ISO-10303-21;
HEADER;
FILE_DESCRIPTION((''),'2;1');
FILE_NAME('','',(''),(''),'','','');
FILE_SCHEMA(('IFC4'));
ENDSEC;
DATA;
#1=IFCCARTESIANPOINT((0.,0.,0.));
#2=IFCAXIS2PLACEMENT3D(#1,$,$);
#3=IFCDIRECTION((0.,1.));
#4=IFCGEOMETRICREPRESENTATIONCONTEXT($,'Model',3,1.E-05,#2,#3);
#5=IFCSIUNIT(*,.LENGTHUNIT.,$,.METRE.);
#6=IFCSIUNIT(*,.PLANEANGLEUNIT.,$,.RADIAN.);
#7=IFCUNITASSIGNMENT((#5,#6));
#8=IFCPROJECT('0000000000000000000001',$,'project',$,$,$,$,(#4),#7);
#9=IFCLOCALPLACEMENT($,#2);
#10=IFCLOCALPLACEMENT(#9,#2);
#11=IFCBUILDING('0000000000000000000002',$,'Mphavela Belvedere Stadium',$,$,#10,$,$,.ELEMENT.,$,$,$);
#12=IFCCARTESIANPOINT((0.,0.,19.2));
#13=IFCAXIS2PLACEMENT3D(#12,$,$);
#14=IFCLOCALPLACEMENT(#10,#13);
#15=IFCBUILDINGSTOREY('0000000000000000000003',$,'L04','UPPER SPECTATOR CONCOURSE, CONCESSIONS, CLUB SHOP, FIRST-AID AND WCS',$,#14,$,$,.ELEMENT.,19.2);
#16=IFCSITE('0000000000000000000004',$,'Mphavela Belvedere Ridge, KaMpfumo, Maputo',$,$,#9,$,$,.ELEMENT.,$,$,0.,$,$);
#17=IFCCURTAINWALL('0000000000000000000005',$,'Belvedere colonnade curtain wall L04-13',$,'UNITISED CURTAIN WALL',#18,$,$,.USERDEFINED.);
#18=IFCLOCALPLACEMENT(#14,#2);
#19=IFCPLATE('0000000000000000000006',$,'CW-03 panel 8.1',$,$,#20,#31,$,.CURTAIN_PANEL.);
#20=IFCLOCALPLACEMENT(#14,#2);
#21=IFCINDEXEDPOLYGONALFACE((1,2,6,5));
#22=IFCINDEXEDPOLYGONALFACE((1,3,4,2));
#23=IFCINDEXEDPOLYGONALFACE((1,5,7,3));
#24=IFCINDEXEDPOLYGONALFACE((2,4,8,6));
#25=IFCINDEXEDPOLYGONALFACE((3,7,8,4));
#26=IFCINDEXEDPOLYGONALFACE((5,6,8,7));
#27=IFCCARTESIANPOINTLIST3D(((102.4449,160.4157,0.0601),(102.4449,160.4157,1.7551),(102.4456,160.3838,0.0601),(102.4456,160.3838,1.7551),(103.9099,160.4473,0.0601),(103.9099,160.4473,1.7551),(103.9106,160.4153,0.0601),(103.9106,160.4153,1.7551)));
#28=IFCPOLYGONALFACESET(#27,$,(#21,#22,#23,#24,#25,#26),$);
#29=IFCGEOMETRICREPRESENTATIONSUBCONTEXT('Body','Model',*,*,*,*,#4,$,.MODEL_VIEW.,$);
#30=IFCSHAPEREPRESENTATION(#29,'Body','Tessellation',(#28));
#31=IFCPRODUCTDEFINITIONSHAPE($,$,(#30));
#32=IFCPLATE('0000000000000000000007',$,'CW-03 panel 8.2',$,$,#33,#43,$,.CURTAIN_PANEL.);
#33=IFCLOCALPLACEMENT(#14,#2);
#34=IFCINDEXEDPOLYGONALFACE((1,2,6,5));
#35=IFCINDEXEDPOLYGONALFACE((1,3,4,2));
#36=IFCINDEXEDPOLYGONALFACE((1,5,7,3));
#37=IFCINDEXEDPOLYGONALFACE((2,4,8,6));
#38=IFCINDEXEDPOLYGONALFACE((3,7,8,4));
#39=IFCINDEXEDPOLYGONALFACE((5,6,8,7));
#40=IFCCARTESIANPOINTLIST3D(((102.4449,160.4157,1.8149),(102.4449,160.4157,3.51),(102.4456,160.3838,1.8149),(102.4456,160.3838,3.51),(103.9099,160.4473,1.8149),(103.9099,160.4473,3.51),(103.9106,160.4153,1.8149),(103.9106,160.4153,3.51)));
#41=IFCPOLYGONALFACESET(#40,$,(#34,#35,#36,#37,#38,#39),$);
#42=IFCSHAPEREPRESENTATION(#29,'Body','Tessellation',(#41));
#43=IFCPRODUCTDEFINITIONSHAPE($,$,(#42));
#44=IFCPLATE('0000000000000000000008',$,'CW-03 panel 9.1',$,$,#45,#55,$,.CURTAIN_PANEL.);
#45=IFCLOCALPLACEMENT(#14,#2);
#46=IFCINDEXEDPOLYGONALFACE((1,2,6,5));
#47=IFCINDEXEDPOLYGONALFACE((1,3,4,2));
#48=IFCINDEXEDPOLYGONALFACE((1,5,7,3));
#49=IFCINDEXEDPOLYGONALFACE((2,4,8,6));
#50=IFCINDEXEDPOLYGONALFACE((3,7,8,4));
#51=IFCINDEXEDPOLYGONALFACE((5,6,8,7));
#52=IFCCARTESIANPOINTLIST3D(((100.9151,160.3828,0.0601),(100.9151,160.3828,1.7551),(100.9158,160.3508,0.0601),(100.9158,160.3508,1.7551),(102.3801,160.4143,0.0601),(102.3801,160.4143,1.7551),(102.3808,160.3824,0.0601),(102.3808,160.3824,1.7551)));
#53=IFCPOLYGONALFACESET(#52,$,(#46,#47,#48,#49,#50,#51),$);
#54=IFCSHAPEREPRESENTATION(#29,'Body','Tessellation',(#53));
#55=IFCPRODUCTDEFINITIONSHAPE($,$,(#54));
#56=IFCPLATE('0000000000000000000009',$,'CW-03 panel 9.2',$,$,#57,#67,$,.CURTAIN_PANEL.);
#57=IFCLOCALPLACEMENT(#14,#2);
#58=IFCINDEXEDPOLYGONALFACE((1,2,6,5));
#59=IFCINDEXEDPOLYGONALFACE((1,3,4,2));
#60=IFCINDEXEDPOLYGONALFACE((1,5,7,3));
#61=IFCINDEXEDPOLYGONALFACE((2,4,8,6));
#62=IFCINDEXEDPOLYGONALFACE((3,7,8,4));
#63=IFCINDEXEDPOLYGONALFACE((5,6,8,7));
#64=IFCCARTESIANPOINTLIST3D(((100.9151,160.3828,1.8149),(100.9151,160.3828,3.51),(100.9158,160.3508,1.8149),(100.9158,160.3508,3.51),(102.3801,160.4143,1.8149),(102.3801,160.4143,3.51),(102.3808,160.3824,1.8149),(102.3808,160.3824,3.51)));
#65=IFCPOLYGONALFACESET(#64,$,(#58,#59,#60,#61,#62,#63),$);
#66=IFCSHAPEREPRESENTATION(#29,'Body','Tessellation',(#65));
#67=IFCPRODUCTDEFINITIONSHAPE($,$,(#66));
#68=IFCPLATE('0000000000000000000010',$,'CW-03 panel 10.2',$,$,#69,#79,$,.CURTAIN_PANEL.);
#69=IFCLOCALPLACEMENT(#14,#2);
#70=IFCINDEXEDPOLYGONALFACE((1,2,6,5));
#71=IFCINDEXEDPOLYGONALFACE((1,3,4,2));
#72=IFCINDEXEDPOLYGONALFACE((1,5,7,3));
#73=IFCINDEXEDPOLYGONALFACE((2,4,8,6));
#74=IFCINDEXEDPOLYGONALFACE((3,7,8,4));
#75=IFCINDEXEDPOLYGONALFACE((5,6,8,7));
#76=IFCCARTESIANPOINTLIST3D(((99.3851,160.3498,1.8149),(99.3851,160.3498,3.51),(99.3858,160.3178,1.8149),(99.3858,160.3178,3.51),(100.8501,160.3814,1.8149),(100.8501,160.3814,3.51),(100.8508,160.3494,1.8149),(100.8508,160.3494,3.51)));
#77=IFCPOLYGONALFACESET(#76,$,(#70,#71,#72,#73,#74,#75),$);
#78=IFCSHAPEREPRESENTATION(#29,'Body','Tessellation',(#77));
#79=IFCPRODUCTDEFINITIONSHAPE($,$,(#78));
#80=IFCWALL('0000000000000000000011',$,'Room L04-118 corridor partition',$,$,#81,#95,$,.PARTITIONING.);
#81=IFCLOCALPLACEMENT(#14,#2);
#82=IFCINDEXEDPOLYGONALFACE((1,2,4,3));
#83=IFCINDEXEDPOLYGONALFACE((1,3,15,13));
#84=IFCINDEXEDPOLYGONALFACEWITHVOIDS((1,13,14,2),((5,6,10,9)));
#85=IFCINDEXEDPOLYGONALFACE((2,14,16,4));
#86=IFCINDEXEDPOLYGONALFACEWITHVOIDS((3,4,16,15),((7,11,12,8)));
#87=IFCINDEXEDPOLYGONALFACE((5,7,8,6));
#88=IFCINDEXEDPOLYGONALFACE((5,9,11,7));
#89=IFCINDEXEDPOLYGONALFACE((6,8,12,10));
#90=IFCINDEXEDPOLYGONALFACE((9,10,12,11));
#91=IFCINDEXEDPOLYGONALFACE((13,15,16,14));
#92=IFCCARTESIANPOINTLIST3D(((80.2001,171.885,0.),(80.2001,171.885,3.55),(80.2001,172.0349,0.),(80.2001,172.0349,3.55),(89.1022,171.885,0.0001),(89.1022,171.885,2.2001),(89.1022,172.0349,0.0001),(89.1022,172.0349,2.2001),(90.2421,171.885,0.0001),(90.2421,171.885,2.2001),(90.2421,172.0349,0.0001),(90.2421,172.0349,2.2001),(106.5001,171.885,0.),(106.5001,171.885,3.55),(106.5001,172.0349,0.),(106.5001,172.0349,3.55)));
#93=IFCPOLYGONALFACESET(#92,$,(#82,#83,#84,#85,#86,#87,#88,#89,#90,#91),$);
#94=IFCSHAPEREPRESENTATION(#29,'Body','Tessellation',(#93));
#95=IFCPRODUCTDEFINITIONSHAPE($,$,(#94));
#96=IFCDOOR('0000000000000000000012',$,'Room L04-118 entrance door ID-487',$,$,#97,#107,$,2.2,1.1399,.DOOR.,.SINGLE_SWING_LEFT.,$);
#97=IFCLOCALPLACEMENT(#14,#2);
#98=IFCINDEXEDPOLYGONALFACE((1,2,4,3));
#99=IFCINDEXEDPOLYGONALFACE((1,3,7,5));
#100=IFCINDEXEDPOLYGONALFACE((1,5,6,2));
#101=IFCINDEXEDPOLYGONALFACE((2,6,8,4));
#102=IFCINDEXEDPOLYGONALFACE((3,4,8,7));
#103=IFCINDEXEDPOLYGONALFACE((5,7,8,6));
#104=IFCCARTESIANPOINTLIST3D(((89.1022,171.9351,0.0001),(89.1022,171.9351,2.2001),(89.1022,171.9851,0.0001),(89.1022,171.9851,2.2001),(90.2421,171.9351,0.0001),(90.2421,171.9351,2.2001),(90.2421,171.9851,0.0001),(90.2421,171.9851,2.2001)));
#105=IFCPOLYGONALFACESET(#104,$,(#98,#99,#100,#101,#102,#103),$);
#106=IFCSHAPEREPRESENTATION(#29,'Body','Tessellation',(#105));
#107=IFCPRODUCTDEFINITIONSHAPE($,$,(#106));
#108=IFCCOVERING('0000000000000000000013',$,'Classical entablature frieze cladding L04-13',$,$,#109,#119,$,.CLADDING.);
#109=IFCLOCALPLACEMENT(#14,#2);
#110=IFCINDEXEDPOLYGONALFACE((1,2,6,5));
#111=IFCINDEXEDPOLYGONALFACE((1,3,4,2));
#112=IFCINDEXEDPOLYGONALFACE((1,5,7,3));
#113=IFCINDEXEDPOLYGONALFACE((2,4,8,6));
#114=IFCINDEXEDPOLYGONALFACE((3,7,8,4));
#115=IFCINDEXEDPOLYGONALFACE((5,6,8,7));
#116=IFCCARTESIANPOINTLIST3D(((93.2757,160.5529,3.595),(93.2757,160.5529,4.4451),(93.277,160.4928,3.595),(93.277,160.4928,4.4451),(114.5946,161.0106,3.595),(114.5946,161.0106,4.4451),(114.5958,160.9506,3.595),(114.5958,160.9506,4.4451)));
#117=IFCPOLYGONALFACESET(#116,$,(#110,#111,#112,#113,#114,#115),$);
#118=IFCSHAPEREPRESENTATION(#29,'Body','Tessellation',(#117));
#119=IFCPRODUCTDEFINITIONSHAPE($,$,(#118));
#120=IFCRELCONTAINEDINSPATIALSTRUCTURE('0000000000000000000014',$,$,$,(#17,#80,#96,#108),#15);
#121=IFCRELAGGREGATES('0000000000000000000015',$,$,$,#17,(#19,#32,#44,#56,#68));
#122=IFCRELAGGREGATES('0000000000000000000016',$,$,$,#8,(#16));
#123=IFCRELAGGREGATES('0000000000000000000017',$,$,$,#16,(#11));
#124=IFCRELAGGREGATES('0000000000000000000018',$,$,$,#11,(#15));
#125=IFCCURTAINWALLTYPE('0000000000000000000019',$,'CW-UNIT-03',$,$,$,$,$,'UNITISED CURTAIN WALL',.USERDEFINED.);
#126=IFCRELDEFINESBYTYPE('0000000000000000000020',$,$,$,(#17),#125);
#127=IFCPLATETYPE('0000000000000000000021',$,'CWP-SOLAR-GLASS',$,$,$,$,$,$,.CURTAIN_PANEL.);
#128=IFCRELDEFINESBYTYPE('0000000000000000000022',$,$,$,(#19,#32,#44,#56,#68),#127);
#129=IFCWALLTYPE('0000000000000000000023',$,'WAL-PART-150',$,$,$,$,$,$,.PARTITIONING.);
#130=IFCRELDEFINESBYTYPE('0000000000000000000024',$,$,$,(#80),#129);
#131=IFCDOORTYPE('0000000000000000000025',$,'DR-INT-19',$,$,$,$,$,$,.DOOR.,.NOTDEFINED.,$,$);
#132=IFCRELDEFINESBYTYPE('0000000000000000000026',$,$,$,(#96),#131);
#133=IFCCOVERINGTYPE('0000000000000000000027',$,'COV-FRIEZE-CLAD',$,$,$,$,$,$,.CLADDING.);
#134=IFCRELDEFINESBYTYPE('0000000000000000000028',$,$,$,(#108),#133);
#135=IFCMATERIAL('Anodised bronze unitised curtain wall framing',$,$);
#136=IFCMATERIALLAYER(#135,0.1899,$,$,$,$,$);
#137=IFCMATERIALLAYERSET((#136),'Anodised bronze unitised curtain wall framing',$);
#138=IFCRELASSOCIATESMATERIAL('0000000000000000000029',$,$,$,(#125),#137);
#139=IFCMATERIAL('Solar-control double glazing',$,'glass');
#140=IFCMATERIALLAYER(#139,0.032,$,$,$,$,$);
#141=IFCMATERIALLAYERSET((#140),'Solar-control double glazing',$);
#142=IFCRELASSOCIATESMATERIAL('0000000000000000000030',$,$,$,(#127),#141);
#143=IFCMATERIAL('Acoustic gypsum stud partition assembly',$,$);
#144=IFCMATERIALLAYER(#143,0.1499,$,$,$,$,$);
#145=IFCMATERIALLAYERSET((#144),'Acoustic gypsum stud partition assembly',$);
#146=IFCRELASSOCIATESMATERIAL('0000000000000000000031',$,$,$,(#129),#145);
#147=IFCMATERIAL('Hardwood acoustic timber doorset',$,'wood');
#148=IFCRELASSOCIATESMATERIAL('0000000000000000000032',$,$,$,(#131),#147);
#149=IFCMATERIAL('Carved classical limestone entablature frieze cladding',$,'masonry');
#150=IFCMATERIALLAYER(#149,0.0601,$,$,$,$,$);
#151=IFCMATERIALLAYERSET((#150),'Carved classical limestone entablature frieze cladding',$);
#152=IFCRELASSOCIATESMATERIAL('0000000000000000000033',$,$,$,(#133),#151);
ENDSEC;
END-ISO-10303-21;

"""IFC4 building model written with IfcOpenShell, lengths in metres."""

from ifc_helpers import new_model, si_unit, direction, frame, frame_2d, origin, origin_2d, place, context, subcontext, project, spatial, rectangle, extrude, material, layer, layer_set, type_object, element, fill, aggregate, save


model = new_model("IFC4")

# Units and contexts
model_context = context("Model", 3, precision=1e-05, world=origin(), true_north=direction((0.0, 1.0)))
body_context = subcontext(model_context, "Body", "Model", "MODEL_VIEW")
ifc_project = project(units=[si_unit("LENGTHUNIT", "METRE"), si_unit("PLANEANGLEUNIT", "RADIAN")], contexts=[model_context])

# Site, building, storey
site_placement = place(None, origin())
site = spatial("IfcSite", under=ifc_project, at=site_placement, Name="Mphavela Belvedere Ridge, KaMpfumo, Maputo", CompositionType="ELEMENT", RefElevation=0.0)
building_placement = place(site_placement, origin())
building = spatial("IfcBuilding", under=site, at=building_placement, Name="Mphavela Belvedere Stadium", CompositionType="ELEMENT")
storey_placement = place(building_placement, frame((0.0, 0.0, 19.2)))
storey = spatial("IfcBuildingStorey", under=building, at=storey_placement, Name="L04", Description="UPPER SPECTATOR CONCOURSE, CONCESSIONS, CLUB SHOP, FIRST-AID AND WCS", CompositionType="ELEMENT", Elevation=19.2)

# Curtain wall, plates
ifc_material_1 = material(Name="Anodised bronze unitised curtain wall framing")
ifc_layer_1 = layer(ifc_material_1, 0.1899)
ifc_layer_set_1 = layer_set([ifc_layer_1], Name="Anodised bronze unitised curtain wall framing")
curtain_wall_type = type_object("IfcCurtainWallType", Name="CW-UNIT-03", ElementType="UNITISED CURTAIN WALL", PredefinedType="USERDEFINED", material=ifc_layer_set_1)
curtain_wall_placement = place(storey_placement, origin())
curtain_wall = element("IfcCurtainWall", 1, at=curtain_wall_placement, inside=storey, type_object=curtain_wall_type, Name="Belvedere colonnade curtain wall L04-13", ObjectType="UNITISED CURTAIN WALL", PredefinedType="USERDEFINED")
ifc_material_2 = material(Name="Solar-control double glazing", Category="glass")
ifc_layer_2 = layer(ifc_material_2, 0.032)
ifc_layer_set_2 = layer_set([ifc_layer_2], Name="Solar-control double glazing")
plate_type = type_object("IfcPlateType", Name="CWP-SOLAR-GLASS", PredefinedType="CURTAIN_PANEL", material=ifc_layer_set_2)
plate_1_placement = place(storey_placement, frame((103.1777, 160.4155, 0.0601), z_axis=(0.0, 0.0, 1.0), x_axis=(-0.999768, -0.021527, 0.0)))
plate_1 = element("IfcPlate", 2, at=plate_1_placement, type_object=plate_type, Name="CW-03 panel 8.1", PredefinedType="CURTAIN_PANEL", context=body_context, shape_type="SweptSolid", body=[
    extrude(rectangle(XDim=1.4653, YDim=0.032, at=origin_2d()), origin(), (0.0, 0.0, 1.0), 1.6951),
])
plate_2_placement = place(storey_placement, frame((103.1777, 160.4155, 1.8149), z_axis=(0.0, 0.0, 1.0), x_axis=(-0.999768, -0.021527, 0.0)))
plate_2 = element("IfcPlate", 3, at=plate_2_placement, type_object=plate_type, Name="CW-03 panel 8.2", PredefinedType="CURTAIN_PANEL", context=body_context, shape_type="SweptSolid", body=[
    extrude(rectangle(XDim=1.4653, YDim=0.032, at=origin_2d()), origin(), (0.0, 0.0, 1.0), 1.6951),
])
plate_3_placement = place(storey_placement, frame((101.6479, 160.3826, 0.0601), z_axis=(0.0, 0.0, 1.0), x_axis=(-0.999768, -0.021527, 0.0)))
plate_3 = element("IfcPlate", 4, at=plate_3_placement, type_object=plate_type, Name="CW-03 panel 9.1", PredefinedType="CURTAIN_PANEL", context=body_context, shape_type="SweptSolid", body=[
    extrude(rectangle(XDim=1.4653, YDim=0.032, at=origin_2d()), origin(), (0.0, 0.0, 1.0), 1.6951),
])
plate_4_placement = place(storey_placement, frame((101.6479, 160.3826, 1.8149), z_axis=(0.0, 0.0, 1.0), x_axis=(-0.999768, -0.021527, 0.0)))
plate_4 = element("IfcPlate", 5, at=plate_4_placement, type_object=plate_type, Name="CW-03 panel 9.2", PredefinedType="CURTAIN_PANEL", context=body_context, shape_type="SweptSolid", body=[
    extrude(rectangle(XDim=1.4653, YDim=0.032, at=origin_2d()), origin(), (0.0, 0.0, 1.0), 1.6951),
])
plate_5_placement = place(storey_placement, frame((100.1179, 160.3496, 1.8149), z_axis=(0.0, 0.0, 1.0), x_axis=(-0.999768, -0.021527, 0.0)))
plate_5 = element("IfcPlate", 6, at=plate_5_placement, type_object=plate_type, Name="CW-03 panel 10.2", PredefinedType="CURTAIN_PANEL", context=body_context, shape_type="SweptSolid", body=[
    extrude(rectangle(XDim=1.4653, YDim=0.032, at=origin_2d()), origin(), (0.0, 0.0, 1.0), 1.6951),
])
aggregate(curtain_wall, [plate_1, plate_2, plate_3, plate_4, plate_5])

# Wall, opening, door
ifc_material_3 = material(Name="Acoustic gypsum stud partition assembly")
ifc_layer_3 = layer(ifc_material_3, 0.1499)
ifc_layer_set_3 = layer_set([ifc_layer_3], Name="Acoustic gypsum stud partition assembly")
wall_type = type_object("IfcWallType", Name="WAL-PART-150", PredefinedType="PARTITIONING", material=ifc_layer_set_3)
wall_placement = place(storey_placement, frame((106.5, 171.96, 0.0), z_axis=(0.0, 0.0, 1.0), x_axis=(-1.0, 0.0, 0.0)))
wall = element("IfcWall", 7, at=wall_placement, inside=storey, type_object=wall_type, Name="Room L04-118 corridor partition", PredefinedType="PARTITIONING", context=body_context, shape_type="SweptSolid", body=[
    extrude(rectangle(XDim=26.3, YDim=0.1499, at=frame_2d((13.1499, 0.0))), origin(), (0.0, 0.0, 1.0), 3.55),
])
opening_placement = place(wall_placement, frame((16.2581, 0.0, 0.0)))
opening = element("IfcOpeningElement", 8, at=opening_placement, cuts=wall, PredefinedType="OPENING", context=body_context, shape_type="SweptSolid", body=[
    extrude(rectangle(XDim=1.1399, YDim=2.2, at=frame_2d((0.5698, 1.1001))), frame((0.0, 0.085, 0.0), z_axis=(0.0, -1.0, 0.0), x_axis=(1.0, 0.0, 0.0)), (0.0, 0.0, 1.0), 0.1699),
])
ifc_material_4 = material(Name="Hardwood acoustic timber doorset", Category="wood")
door_type = type_object("IfcDoorType", Name="DR-INT-19", OperationType="NOTDEFINED", PredefinedType="DOOR", material=ifc_material_4)
door_placement = place(opening_placement, origin())
door = element("IfcDoor", 9, at=door_placement, inside=storey, type_object=door_type, Name="Room L04-118 entrance door ID-487", OperationType="SINGLE_SWING_LEFT", OverallHeight=2.2, OverallWidth=1.1399, PredefinedType="DOOR", context=body_context, shape_type="SweptSolid", body=[
    extrude(rectangle(XDim=1.1399, YDim=2.2, at=frame_2d((0.5698, 1.1001))), frame((0.0, 0.0249, 0.0), z_axis=(0.0, -1.0, 0.0), x_axis=(1.0, 0.0, 0.0)), (0.0, 0.0, 1.0), 0.05),
])
fill(opening, door)

# Covering
ifc_material_5 = material(Name="Carved classical limestone entablature frieze cladding", Category="masonry")
ifc_layer_4 = layer(ifc_material_5, 0.0601)
ifc_layer_set_4 = layer_set([ifc_layer_4], Name="Carved classical limestone entablature frieze cladding")
covering_type = type_object("IfcCoveringType", Name="COV-FRIEZE-CLAD", PredefinedType="CLADDING", material=ifc_layer_set_4)
covering_placement = place(storey_placement, frame((103.9358, 160.7517, 3.595), z_axis=(0.0, 0.0, 1.0), x_axis=(-0.99977, -0.021466, 0.0)))
element("IfcCovering", 10, at=covering_placement, inside=storey, type_object=covering_type, Name="Classical entablature frieze cladding L04-13", PredefinedType="CLADDING", context=body_context, shape_type="SweptSolid", body=[
    extrude(rectangle(XDim=21.3237, YDim=0.0601, at=origin_2d()), origin(), (0.0, 0.0, 1.0), 0.8501),
])

save(model, "model.ifc")
